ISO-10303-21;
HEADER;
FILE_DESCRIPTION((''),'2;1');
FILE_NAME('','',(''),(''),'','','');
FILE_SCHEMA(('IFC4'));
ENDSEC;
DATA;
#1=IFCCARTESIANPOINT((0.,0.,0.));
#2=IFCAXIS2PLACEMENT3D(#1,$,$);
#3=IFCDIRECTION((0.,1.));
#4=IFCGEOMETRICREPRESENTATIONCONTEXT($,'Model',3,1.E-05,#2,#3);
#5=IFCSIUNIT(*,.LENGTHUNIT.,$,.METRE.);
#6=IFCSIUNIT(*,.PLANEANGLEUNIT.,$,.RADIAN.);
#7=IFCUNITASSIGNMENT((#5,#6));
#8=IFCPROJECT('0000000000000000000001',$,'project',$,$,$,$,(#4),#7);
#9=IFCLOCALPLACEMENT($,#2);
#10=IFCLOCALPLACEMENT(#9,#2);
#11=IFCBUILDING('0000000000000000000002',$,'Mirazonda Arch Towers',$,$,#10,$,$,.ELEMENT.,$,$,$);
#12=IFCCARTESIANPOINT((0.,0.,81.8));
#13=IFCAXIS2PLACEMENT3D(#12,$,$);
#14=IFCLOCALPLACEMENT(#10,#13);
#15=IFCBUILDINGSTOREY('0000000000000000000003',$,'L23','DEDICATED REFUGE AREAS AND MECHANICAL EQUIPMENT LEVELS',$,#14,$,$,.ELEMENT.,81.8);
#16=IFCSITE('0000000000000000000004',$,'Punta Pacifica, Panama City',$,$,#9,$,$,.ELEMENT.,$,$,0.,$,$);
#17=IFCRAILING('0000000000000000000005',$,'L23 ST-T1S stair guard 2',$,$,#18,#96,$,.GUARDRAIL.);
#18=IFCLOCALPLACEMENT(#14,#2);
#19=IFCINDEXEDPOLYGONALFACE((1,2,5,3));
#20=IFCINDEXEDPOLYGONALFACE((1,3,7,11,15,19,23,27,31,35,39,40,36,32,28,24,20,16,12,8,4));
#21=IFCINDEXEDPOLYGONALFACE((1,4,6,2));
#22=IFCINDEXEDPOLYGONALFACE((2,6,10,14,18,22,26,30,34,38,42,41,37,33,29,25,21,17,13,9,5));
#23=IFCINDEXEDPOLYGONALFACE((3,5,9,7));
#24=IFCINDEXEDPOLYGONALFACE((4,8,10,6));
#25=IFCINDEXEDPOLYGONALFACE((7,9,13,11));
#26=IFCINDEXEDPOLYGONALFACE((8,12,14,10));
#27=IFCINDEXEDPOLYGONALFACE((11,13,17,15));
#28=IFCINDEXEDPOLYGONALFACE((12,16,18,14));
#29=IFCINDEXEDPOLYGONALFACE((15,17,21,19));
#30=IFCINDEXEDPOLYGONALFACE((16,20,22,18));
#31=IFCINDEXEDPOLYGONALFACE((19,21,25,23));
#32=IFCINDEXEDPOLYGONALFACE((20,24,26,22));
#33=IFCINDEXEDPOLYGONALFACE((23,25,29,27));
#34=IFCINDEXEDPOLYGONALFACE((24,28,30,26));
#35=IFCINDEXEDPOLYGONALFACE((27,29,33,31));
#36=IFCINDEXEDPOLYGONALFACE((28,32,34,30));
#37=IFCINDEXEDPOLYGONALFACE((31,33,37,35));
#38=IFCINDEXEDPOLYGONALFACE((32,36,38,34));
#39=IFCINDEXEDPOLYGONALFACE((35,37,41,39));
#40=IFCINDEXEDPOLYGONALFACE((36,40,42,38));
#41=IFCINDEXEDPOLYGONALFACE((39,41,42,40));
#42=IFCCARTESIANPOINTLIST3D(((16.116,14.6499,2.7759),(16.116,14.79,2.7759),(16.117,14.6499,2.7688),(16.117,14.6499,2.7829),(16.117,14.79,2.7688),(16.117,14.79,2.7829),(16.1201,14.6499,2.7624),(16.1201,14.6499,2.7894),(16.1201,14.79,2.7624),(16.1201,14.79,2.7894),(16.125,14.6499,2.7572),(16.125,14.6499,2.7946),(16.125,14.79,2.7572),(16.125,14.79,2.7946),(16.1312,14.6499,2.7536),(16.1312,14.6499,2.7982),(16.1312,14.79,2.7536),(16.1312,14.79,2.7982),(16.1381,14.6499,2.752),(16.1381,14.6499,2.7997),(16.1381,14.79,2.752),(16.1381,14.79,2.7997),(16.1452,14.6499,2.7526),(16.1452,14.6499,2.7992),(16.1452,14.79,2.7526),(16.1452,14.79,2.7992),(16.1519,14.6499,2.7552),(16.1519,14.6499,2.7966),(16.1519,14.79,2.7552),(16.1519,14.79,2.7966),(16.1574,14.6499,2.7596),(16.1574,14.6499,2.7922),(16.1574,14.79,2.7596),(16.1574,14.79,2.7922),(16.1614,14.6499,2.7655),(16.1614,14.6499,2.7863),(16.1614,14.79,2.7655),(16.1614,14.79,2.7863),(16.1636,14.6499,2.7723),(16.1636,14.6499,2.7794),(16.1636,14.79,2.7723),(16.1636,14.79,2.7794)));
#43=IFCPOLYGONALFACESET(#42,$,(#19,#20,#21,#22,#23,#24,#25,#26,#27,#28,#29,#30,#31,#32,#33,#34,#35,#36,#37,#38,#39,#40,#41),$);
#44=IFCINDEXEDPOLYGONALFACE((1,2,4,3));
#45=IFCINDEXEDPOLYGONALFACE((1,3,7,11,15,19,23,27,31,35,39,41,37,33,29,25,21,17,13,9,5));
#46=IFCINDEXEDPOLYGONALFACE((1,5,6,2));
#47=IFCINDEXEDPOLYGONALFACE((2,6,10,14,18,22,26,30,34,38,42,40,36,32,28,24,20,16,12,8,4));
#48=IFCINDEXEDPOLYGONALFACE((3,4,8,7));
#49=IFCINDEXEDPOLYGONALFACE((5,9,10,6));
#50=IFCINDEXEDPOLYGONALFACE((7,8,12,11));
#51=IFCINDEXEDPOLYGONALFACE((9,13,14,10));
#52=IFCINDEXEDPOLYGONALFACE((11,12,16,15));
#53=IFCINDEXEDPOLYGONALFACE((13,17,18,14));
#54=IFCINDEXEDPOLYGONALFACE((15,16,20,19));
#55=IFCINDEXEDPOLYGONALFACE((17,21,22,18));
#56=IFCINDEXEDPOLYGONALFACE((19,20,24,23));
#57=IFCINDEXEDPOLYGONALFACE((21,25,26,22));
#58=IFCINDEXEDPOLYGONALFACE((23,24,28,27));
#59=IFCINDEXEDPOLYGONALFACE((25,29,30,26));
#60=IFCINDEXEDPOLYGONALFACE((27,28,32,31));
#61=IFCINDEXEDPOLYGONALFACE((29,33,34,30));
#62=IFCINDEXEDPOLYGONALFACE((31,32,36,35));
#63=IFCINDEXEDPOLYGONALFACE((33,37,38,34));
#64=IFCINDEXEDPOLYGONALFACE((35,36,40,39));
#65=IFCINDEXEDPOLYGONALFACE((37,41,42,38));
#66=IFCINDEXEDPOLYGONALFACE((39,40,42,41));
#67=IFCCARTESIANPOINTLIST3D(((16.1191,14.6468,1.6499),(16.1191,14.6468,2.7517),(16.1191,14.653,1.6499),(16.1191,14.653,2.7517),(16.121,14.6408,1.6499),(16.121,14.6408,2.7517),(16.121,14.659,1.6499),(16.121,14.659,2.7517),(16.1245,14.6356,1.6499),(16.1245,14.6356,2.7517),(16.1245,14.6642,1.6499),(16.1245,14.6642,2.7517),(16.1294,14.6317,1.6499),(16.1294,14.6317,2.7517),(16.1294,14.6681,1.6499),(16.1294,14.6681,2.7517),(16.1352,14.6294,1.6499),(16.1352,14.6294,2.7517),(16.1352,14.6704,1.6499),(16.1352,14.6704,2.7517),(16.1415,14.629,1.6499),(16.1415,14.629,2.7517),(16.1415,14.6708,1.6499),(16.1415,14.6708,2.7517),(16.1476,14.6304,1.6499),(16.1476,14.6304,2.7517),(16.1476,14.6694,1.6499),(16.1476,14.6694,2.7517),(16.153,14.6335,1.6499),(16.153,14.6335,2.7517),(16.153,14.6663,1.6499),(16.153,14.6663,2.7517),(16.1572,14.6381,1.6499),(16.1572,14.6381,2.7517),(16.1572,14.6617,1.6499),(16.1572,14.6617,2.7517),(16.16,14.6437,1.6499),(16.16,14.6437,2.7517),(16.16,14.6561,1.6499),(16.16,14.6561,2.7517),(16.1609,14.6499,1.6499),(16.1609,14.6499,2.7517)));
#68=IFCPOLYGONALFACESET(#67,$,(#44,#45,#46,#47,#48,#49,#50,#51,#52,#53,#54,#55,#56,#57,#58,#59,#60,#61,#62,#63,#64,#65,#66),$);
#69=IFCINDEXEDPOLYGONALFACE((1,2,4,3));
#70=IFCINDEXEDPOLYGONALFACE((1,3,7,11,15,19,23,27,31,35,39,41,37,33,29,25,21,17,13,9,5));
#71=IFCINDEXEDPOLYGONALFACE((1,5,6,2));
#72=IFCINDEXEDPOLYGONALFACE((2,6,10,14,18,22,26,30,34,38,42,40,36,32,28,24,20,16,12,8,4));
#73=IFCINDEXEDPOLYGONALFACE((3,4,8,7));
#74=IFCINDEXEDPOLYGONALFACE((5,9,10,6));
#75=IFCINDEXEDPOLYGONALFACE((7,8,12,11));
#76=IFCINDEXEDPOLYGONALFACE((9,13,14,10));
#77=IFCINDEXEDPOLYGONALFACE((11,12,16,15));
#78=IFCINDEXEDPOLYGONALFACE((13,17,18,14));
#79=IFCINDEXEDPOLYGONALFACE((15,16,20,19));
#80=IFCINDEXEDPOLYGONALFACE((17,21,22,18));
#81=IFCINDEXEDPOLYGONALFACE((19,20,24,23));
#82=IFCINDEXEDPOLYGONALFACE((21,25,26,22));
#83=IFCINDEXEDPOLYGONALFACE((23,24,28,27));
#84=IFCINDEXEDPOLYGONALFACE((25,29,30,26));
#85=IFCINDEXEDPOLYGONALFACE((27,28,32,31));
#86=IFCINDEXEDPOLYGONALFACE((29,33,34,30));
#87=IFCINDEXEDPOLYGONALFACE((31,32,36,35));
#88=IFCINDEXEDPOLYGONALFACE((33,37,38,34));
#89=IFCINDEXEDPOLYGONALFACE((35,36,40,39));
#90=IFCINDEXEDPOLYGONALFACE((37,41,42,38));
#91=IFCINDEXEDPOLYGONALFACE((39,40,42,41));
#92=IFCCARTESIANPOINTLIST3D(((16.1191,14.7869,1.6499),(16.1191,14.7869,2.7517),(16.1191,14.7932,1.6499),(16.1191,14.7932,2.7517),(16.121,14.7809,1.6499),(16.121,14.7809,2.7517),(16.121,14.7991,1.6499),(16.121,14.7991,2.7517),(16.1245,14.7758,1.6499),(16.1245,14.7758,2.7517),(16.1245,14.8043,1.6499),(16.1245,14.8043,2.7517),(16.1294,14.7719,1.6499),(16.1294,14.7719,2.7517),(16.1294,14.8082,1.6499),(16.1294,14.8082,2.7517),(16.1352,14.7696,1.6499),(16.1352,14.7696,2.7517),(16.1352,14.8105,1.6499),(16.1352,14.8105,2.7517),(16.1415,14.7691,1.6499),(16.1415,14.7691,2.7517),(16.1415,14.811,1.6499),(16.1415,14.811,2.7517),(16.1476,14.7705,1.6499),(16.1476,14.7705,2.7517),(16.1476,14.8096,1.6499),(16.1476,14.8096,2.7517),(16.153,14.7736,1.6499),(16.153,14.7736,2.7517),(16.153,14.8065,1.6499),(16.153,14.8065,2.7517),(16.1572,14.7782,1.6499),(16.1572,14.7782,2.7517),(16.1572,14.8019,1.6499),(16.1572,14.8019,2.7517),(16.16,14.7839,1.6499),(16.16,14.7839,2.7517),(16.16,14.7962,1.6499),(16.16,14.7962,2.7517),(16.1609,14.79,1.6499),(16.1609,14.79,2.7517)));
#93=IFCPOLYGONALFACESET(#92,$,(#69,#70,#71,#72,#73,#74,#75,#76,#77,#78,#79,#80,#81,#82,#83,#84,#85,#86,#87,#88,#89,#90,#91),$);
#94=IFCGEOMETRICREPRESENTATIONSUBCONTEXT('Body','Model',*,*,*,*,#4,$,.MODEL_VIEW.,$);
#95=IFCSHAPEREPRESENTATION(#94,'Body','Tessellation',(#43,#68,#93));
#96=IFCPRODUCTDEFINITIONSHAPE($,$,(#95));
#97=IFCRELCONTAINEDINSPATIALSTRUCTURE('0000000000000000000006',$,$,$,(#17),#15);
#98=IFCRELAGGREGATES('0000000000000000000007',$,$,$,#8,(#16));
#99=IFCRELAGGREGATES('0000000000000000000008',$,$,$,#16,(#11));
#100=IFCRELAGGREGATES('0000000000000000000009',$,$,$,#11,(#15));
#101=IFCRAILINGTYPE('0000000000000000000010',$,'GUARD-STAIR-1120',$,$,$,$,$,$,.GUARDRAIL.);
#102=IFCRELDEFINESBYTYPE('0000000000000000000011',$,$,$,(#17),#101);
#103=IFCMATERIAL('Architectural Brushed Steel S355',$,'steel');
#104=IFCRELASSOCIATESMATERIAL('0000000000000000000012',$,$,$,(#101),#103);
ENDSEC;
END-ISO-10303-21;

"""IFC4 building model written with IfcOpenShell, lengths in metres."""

from ifc_helpers import new_model, si_unit, direction, frame, origin, origin_2d, place, context, subcontext, project, spatial, circle, extrude, material, type_object, element, save


model = new_model("IFC4")

# Units and contexts
model_context = context("Model", 3, precision=1e-05, world=origin(), true_north=direction((0.0, 1.0)))
body_context = subcontext(model_context, "Body", "Model", "MODEL_VIEW")
ifc_project = project(units=[si_unit("LENGTHUNIT", "METRE"), si_unit("PLANEANGLEUNIT", "RADIAN")], contexts=[model_context])

# Site, building, storey
site_placement = place(None, origin())
site = spatial("IfcSite", under=ifc_project, at=site_placement, Name="Punta Pacifica, Panama City", CompositionType="ELEMENT", RefElevation=0.0)
building_placement = place(site_placement, origin())
building = spatial("IfcBuilding", under=site, at=building_placement, Name="Mirazonda Arch Towers", CompositionType="ELEMENT")
storey_placement = place(building_placement, frame((0.0, 0.0, 81.8)))
storey = spatial("IfcBuildingStorey", under=building, at=storey_placement, Name="L23", Description="DEDICATED REFUGE AREAS AND MECHANICAL EQUIPMENT LEVELS", CompositionType="ELEMENT", Elevation=81.8)

# Shared definitions
ifc_material_1 = material(Name="Architectural Brushed Steel S355", Category="steel")

# Railing
railing_type_1 = type_object("IfcRailingType", Name="GUARD-STAIR-1120", PredefinedType="GUARDRAIL", material=ifc_material_1)
railing_1_placement = place(storey_placement, frame((16.1399, 14.6499, 1.6499)))
element("IfcRailing", 1, at=railing_1_placement, inside=storey, type_object=railing_type_1, Name="L23 ST-T1S stair guard 2", PredefinedType="GUARDRAIL", context=body_context, shape_type="SweptSolid", body=[
    extrude(circle(Radius=0.0239, at=origin_2d()), frame((0.0, 0.0, 1.126), z_axis=(0.0, 1.0, 0.0), x_axis=(-1.0, 0.0, 0.0)), (0.0, 0.0, 1.0), 0.1401),
    extrude(circle(Radius=0.021, at=origin_2d()), origin(), (0.0, 0.0, 1.0), 1.1018),
    extrude(circle(Radius=0.021, at=origin_2d()), frame((0.0, 0.1401, 0.0)), (0.0, 0.0, 1.0), 1.1018),
])

save(model, "model.ifc")
